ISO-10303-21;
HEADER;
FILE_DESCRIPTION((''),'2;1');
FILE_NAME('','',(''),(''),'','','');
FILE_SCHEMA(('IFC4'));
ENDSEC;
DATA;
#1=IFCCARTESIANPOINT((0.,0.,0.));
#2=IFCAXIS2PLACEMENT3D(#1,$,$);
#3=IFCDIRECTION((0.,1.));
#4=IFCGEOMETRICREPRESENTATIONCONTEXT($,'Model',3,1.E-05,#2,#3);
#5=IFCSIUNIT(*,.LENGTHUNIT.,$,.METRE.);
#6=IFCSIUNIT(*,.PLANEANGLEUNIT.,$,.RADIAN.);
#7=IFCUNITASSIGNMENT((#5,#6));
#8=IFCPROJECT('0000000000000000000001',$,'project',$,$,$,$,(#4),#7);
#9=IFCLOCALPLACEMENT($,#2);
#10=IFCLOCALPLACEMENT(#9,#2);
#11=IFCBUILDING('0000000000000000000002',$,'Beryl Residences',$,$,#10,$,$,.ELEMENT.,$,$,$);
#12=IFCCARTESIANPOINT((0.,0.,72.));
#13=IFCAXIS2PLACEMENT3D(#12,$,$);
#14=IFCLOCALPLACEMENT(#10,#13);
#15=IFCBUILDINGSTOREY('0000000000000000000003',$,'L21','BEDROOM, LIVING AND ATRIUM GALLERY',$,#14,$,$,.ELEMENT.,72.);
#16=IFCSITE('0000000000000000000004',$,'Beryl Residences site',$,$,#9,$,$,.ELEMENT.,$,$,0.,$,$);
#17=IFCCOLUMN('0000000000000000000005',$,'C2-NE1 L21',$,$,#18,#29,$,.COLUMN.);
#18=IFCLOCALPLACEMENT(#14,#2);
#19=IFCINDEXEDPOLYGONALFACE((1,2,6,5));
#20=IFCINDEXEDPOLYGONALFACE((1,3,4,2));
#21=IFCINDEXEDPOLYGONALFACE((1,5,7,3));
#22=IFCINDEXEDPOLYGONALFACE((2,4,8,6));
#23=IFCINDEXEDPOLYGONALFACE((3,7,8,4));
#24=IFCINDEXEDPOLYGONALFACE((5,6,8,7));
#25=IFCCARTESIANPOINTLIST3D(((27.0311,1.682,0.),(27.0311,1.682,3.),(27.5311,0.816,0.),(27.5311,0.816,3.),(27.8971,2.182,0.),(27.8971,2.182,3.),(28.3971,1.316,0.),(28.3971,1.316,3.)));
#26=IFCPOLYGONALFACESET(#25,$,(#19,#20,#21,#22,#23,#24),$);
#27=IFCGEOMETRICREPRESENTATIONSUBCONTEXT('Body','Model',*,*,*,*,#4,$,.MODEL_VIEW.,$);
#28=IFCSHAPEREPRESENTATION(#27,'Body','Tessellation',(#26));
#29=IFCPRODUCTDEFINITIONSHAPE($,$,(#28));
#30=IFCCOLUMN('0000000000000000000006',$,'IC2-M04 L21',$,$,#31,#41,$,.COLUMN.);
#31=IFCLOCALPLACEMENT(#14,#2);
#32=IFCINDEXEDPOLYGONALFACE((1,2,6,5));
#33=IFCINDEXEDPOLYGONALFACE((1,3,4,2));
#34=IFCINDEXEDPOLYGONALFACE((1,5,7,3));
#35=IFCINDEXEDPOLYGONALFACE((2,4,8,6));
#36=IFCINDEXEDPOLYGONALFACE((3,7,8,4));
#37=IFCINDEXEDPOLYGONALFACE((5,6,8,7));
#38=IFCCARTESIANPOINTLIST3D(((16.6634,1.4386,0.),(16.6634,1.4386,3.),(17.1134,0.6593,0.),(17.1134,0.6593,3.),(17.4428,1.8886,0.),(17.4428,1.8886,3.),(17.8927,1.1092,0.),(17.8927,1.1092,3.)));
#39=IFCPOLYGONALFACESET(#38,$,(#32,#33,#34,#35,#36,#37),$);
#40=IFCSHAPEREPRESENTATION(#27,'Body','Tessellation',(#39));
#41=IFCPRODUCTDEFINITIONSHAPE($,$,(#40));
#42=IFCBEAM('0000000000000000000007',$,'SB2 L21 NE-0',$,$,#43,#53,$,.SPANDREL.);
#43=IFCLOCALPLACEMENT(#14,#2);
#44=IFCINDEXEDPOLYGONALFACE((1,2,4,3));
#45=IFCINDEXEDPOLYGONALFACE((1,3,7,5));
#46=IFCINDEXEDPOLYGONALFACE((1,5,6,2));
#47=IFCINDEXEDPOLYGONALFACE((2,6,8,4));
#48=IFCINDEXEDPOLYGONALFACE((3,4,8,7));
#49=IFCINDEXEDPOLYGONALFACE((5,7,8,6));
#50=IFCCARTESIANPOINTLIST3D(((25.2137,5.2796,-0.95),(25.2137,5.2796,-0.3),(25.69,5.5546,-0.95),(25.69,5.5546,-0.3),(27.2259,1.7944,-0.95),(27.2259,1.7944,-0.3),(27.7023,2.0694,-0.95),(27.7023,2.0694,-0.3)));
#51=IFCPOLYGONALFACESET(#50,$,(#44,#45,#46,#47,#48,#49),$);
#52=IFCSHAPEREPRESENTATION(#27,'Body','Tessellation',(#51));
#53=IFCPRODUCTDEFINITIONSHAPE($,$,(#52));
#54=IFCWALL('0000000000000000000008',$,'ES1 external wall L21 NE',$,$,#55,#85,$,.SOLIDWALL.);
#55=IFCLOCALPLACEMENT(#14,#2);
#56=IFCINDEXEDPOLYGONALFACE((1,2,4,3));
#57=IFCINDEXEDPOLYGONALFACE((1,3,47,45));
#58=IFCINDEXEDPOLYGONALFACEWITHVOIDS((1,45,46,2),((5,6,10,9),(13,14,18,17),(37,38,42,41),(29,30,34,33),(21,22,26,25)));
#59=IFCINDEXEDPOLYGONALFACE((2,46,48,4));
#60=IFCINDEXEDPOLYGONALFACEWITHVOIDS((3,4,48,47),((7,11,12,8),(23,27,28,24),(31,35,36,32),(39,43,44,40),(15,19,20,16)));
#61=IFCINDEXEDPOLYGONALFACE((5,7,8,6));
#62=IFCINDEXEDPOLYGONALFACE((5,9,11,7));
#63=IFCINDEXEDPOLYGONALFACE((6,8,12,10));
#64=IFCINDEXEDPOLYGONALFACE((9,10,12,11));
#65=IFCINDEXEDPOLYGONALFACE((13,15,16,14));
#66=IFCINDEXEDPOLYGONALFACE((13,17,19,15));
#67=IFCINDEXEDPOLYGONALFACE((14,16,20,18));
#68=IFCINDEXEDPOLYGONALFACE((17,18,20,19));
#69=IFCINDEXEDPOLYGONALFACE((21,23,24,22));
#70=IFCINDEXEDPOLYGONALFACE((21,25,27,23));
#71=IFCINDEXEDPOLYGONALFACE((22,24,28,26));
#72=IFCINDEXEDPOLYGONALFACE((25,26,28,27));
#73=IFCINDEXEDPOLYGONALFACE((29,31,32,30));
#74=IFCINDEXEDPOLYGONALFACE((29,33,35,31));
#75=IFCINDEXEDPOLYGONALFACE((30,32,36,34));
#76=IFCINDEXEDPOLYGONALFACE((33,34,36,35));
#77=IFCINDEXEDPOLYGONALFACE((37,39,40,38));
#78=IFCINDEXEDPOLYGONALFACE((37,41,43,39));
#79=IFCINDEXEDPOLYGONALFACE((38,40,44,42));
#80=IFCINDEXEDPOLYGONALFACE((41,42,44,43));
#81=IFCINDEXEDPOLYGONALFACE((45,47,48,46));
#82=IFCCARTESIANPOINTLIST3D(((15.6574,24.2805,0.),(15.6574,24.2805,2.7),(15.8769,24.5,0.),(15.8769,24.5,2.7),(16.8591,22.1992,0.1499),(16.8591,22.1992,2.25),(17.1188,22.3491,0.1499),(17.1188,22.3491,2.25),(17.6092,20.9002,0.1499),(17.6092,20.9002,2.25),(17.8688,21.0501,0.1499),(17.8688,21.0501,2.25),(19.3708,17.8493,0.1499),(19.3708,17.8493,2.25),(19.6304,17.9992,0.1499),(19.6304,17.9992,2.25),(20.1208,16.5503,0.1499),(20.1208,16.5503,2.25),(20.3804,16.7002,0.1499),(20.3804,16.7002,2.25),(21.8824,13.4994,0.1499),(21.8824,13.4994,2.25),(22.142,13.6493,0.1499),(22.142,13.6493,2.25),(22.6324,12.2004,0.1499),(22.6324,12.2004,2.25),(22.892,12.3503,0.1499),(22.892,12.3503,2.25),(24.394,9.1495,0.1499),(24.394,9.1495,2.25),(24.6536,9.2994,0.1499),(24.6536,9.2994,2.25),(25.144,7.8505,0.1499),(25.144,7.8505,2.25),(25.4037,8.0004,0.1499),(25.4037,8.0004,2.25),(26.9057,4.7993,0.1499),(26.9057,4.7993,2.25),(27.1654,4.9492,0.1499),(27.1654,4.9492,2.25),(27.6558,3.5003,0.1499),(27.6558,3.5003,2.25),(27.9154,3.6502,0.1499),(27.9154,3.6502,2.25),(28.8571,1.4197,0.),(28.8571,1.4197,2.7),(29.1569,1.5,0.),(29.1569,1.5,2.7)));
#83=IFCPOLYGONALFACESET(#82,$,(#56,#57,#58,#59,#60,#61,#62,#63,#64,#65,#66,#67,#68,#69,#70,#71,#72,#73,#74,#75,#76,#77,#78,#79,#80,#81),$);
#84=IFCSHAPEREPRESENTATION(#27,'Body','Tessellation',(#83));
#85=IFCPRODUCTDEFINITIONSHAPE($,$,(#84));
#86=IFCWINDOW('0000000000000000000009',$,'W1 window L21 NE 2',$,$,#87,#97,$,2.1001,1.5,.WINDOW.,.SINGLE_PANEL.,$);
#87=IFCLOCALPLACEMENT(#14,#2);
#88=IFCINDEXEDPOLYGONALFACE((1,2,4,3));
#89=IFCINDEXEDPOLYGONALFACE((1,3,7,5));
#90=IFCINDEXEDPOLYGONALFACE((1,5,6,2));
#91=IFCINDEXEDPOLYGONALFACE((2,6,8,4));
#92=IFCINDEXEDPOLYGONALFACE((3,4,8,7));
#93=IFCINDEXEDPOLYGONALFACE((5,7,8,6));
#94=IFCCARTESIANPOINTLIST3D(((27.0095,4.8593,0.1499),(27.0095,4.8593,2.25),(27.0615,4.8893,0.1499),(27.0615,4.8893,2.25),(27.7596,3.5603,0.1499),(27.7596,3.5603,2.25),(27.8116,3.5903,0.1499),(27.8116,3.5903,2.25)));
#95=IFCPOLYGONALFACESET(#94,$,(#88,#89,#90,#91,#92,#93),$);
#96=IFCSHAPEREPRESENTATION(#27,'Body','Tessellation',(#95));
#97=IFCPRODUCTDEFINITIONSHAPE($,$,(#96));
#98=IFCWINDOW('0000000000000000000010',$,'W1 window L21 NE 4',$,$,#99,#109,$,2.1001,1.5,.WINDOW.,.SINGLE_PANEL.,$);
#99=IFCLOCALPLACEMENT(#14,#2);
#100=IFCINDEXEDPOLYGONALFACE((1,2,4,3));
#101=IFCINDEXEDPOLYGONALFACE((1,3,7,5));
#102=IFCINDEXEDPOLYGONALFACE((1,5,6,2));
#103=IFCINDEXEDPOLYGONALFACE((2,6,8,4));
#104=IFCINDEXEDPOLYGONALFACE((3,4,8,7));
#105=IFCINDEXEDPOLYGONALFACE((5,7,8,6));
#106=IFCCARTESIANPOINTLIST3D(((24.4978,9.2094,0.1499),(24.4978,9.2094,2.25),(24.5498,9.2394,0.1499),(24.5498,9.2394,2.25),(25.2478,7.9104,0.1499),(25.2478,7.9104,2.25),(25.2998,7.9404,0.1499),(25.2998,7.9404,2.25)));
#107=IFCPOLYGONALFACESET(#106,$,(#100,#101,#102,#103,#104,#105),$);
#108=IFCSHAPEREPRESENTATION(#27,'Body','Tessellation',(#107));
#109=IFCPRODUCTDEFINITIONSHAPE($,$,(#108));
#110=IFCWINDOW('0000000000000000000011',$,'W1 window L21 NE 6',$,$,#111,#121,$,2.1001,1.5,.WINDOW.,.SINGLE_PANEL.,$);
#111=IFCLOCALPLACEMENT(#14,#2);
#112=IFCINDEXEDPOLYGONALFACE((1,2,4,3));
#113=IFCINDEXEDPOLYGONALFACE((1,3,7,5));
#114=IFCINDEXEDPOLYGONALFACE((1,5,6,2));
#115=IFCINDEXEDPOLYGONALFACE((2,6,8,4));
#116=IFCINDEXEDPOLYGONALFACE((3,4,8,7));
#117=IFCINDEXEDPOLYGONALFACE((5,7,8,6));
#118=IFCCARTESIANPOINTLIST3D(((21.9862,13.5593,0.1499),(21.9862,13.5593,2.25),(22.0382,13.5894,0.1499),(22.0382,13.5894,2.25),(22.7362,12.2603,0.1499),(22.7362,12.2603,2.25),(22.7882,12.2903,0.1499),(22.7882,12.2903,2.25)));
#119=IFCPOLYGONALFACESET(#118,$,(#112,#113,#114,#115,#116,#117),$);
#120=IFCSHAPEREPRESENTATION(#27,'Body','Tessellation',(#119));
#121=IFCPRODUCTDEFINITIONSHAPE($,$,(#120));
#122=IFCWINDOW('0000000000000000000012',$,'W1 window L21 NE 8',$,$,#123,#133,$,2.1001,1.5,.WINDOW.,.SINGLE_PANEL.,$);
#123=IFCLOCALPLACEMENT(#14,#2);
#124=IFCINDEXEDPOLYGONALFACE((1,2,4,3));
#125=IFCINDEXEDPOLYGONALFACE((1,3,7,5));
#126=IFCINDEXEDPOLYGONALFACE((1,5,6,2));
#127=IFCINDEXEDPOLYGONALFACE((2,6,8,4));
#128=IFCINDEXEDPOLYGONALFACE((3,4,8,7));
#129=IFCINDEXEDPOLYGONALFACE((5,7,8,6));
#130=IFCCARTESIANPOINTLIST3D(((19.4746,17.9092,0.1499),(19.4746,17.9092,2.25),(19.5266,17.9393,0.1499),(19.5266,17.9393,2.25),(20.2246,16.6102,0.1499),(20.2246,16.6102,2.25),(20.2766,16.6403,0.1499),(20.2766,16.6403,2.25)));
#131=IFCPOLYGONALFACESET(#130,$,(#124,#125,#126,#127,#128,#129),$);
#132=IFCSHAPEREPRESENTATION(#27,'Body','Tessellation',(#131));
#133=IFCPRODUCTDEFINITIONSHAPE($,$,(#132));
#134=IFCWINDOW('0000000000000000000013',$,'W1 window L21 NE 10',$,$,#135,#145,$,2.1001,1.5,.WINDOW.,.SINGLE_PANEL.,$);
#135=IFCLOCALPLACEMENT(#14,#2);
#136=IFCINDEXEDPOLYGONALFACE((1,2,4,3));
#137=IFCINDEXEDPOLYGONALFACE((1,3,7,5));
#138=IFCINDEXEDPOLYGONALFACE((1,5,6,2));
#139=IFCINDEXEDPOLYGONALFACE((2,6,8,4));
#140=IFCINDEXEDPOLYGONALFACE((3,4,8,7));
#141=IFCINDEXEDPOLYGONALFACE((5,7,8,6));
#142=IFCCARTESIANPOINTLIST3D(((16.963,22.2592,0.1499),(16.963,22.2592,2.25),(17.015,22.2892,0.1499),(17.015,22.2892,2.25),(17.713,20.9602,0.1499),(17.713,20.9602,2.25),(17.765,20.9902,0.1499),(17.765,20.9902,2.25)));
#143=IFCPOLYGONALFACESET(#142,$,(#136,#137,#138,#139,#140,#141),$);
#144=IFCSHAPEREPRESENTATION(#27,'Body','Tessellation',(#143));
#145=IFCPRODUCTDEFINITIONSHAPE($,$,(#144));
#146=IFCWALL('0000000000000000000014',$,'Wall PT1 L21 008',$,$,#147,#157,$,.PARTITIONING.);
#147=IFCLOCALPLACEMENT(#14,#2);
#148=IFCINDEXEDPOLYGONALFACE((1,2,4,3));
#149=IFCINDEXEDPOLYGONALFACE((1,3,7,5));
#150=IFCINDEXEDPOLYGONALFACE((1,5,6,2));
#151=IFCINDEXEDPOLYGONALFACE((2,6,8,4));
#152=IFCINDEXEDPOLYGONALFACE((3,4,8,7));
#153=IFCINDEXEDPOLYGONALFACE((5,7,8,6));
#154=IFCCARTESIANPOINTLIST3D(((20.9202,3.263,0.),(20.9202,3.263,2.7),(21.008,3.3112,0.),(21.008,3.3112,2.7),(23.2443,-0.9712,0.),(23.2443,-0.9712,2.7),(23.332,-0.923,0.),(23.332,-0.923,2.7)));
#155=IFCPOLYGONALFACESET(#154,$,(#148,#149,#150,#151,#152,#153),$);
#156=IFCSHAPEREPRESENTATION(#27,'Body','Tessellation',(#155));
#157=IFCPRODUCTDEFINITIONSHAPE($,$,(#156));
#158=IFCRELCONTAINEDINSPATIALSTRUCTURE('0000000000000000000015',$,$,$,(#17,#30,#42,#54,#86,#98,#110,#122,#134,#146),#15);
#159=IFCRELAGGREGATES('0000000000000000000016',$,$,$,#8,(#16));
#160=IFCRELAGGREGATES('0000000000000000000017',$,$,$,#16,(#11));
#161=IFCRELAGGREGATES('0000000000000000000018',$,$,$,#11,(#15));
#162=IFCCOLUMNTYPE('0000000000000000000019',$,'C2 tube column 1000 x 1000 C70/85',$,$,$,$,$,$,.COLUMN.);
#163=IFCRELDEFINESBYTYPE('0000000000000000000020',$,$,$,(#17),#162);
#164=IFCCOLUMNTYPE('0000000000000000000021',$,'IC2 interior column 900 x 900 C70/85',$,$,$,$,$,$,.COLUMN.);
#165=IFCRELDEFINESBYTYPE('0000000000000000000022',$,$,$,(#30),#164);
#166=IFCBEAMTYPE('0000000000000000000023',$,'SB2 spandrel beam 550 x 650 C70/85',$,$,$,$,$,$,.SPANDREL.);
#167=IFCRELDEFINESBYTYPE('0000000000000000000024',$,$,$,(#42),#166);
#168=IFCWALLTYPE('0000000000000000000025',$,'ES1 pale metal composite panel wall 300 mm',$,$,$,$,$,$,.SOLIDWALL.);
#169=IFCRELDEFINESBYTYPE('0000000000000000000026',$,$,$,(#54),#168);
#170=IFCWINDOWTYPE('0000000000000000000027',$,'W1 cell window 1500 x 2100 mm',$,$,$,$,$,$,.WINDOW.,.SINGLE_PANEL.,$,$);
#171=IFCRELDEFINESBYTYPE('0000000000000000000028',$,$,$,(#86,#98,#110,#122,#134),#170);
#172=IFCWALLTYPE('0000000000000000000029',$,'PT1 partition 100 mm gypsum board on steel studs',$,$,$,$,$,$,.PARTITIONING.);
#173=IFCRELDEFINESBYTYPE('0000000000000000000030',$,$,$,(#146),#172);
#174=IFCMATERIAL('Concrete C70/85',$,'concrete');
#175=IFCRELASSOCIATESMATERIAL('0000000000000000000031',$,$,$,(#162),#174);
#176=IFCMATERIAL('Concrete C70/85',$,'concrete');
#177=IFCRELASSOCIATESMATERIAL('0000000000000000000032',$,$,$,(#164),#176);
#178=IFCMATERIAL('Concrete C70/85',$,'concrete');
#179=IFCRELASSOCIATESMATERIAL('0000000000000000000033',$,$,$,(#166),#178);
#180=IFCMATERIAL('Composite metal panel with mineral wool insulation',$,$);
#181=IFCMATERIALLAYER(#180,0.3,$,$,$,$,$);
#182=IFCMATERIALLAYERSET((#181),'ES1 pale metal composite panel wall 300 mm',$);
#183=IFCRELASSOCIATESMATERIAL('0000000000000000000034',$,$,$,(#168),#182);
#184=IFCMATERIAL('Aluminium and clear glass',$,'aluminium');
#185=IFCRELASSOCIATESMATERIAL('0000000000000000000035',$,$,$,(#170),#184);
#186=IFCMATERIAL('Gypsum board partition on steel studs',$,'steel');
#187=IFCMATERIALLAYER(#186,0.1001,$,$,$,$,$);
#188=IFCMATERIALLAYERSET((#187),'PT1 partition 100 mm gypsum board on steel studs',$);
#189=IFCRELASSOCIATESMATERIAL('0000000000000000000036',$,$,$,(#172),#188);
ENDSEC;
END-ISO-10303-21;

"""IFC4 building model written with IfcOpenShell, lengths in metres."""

from ifc_helpers import new_model, si_unit, direction, frame, frame_2d, origin, origin_2d, place, context, subcontext, project, spatial, polyline, rectangle, outline, extrude, material, layer, layer_set, material_profile, profile_set, type_object, element, fill, save


model = new_model("IFC4")

# Units and contexts
model_context = context("Model", 3, precision=1e-05, world=origin(), true_north=direction((0.0, 1.0)))
body_context = subcontext(model_context, "Body", "Model", "MODEL_VIEW")
ifc_project = project(units=[si_unit("LENGTHUNIT", "METRE"), si_unit("PLANEANGLEUNIT", "RADIAN")], contexts=[model_context])

# Site, building, storey
site_placement = place(None, origin())
site = spatial("IfcSite", under=ifc_project, at=site_placement, Name="Beryl Residences site", CompositionType="ELEMENT", RefElevation=0.0)
building_placement = place(site_placement, origin())
building = spatial("IfcBuilding", under=site, at=building_placement, Name="Beryl Residences", CompositionType="ELEMENT")
storey_placement = place(building_placement, frame((0.0, 0.0, 72.0)))
storey = spatial("IfcBuildingStorey", under=building, at=storey_placement, Name="L21", Description="BEDROOM, LIVING AND ATRIUM GALLERY", CompositionType="ELEMENT", Elevation=72.0)

# Columns
ifc_material_1 = material(Name="Concrete C70/85", Category="concrete")
ifc_material_profile_1 = material_profile(ifc_material_1, rectangle(XDim=1.0, YDim=1.0, at=origin_2d()))
ifc_profile_set_1 = profile_set([ifc_material_profile_1], Name="Concrete C70/85")
column_type_1 = type_object("IfcColumnType", Name="C2 tube column 1000 x 1000 C70/85", PredefinedType="COLUMN", material=ifc_profile_set_1)
column_1_placement = place(storey_placement, frame((27.7141, 1.499, 0.0), z_axis=(0.0, 0.0, 1.0), x_axis=(-0.5, 0.866025, 0.0)))
element("IfcColumn", 1, at=column_1_placement, inside=storey, type_object=column_type_1, Name="C2-NE1 L21", PredefinedType="COLUMN", context=body_context, shape_type="SweptSolid", body=[
    extrude(rectangle(XDim=1.0, YDim=1.0, at=origin_2d()), origin(), (0.0, 0.0, 1.0), 3.0),
])
ifc_material_2 = material(Name="Concrete C70/85", Category="concrete")
ifc_material_profile_2 = material_profile(ifc_material_2, rectangle(XDim=0.8999, YDim=0.8999, at=origin_2d()))
ifc_profile_set_2 = profile_set([ifc_material_profile_2], Name="Concrete C70/85")
column_type_2 = type_object("IfcColumnType", Name="IC2 interior column 900 x 900 C70/85", PredefinedType="COLUMN", material=ifc_profile_set_2)
column_2_placement = place(storey_placement, frame((17.2781, 1.2739, 0.0), z_axis=(0.0, 0.0, 1.0), x_axis=(-0.5, 0.866025, 0.0)))
element("IfcColumn", 2, at=column_2_placement, inside=storey, type_object=column_type_2, Name="IC2-M04 L21", PredefinedType="COLUMN", context=body_context, shape_type="SweptSolid", body=[
    extrude(rectangle(XDim=0.8999, YDim=0.8999, at=origin_2d()), origin(), (0.0, 0.0, 1.0), 3.0),
])

# Beam
ifc_material_3 = material(Name="Concrete C70/85", Category="concrete")
ifc_material_profile_3 = material_profile(ifc_material_3, rectangle(XDim=0.55, YDim=0.6499, at=origin_2d()))
ifc_profile_set_3 = profile_set([ifc_material_profile_3], Name="Concrete C70/85")
beam_type = type_object("IfcBeamType", Name="SB2 spandrel beam 550 x 650 C70/85", PredefinedType="SPANDREL", material=ifc_profile_set_3)
beam_placement = place(storey_placement, frame((27.4641, 1.9319, -0.625), z_axis=(-0.500015, 0.866017, 0.0), x_axis=(-0.866017, -0.500015, 0.0)))
element("IfcBeam", 3, at=beam_placement, inside=storey, type_object=beam_type, Name="SB2 L21 NE-0", PredefinedType="SPANDREL", context=body_context, shape_type="SweptSolid", body=[
    extrude(rectangle(XDim=0.55, YDim=0.6499, at=origin_2d()), origin(), (0.0, 0.0, 1.0), 4.0244),
])

# Wall, openings, windows
ifc_material_4 = material(Name="Composite metal panel with mineral wool insulation")
ifc_layer_1 = layer(ifc_material_4, 0.3)
ifc_layer_set_1 = layer_set([ifc_layer_1], Name="ES1 pale metal composite panel wall 300 mm")
wall_type_1 = type_object("IfcWallType", Name="ES1 pale metal composite panel wall 300 mm", PredefinedType="SOLIDWALL", material=ifc_layer_set_1)
wall_1_placement = place(storey_placement, frame((29.0271, 1.425, 0.0), z_axis=(0.0, 0.0, 1.0), x_axis=(-0.500027, 0.86601, 0.0)))
wall_1 = element("IfcWall", 4, at=wall_1_placement, inside=storey, type_object=wall_type_1, Name="ES1 external wall L21 NE", PredefinedType="SOLIDWALL", context=body_context, shape_type="SweptSolid", body=[
    extrude(outline(polyline([(0.0, -0.1499), (26.5586, -0.1499), (26.4783, 0.1499), (0.0803, 0.1499), (0.0, -0.1499)])), origin(), (0.0, 0.0, 1.0), 2.7),
])
opening_1_placement = place(wall_1_placement, frame((2.4829, 0.0, 0.1499)))
opening_1 = element("IfcOpeningElement", 5, at=opening_1_placement, cuts=wall_1, PredefinedType="OPENING", context=body_context, shape_type="SweptSolid", body=[
    extrude(rectangle(XDim=1.5, YDim=2.1001, at=frame_2d((0.75, 1.05))), frame((0.0, 0.1599, 0.0), z_axis=(0.0, -1.0, 0.0), x_axis=(1.0, 0.0, 0.0)), (0.0, 0.0, 1.0), 0.3201),
])
opening_2_placement = place(wall_1_placement, frame((7.5061, 0.0, 0.1499)))
opening_2 = element("IfcOpeningElement", 6, at=opening_2_placement, cuts=wall_1, PredefinedType="OPENING", context=body_context, shape_type="SweptSolid", body=[
    extrude(rectangle(XDim=1.5, YDim=2.1001, at=frame_2d((0.75, 1.05))), frame((0.0, 0.1599, 0.0), z_axis=(0.0, -1.0, 0.0), x_axis=(1.0, 0.0, 0.0)), (0.0, 0.0, 1.0), 0.3201),
])
opening_3_placement = place(wall_1_placement, frame((12.5291, 0.0, 0.1499)))
opening_3 = element("IfcOpeningElement", 7, at=opening_3_placement, cuts=wall_1, PredefinedType="OPENING", context=body_context, shape_type="SweptSolid", body=[
    extrude(rectangle(XDim=1.5, YDim=2.1001, at=frame_2d((0.75, 1.05))), frame((0.0, 0.1599, 0.0), z_axis=(0.0, -1.0, 0.0), x_axis=(1.0, 0.0, 0.0)), (0.0, 0.0, 1.0), 0.3201),
])
opening_4_placement = place(wall_1_placement, frame((17.552, 0.0, 0.1499)))
opening_4 = element("IfcOpeningElement", 8, at=opening_4_placement, cuts=wall_1, PredefinedType="OPENING", context=body_context, shape_type="SweptSolid", body=[
    extrude(rectangle(XDim=1.5, YDim=2.1001, at=frame_2d((0.75, 1.05))), frame((0.0, 0.1599, 0.0), z_axis=(0.0, -1.0, 0.0), x_axis=(1.0, 0.0, 0.0)), (0.0, 0.0, 1.0), 0.3201),
])
opening_5_placement = place(wall_1_placement, frame((22.575, 0.0, 0.1499)))
opening_5 = element("IfcOpeningElement", 9, at=opening_5_placement, cuts=wall_1, PredefinedType="OPENING", context=body_context, shape_type="SweptSolid", body=[
    extrude(rectangle(XDim=1.5, YDim=2.1001, at=frame_2d((0.75, 1.05))), frame((0.0, 0.1599, 0.0), z_axis=(0.0, -1.0, 0.0), x_axis=(1.0, 0.0, 0.0)), (0.0, 0.0, 1.0), 0.3201),
])
ifc_material_5 = material(Name="Aluminium and clear glass", Category="aluminium")
window_type = type_object("IfcWindowType", Name="W1 cell window 1500 x 2100 mm", PartitioningType="SINGLE_PANEL", PredefinedType="WINDOW", material=ifc_material_5)
window_1_placement = place(opening_1_placement, origin())
window_1 = element("IfcWindow", 10, at=window_1_placement, inside=storey, type_object=window_type, Name="W1 window L21 NE 2", OverallHeight=2.1001, OverallWidth=1.5, PartitioningType="SINGLE_PANEL", PredefinedType="WINDOW", context=body_context, shape_type="SweptSolid", body=[
    extrude(rectangle(XDim=1.5, YDim=2.1001, at=frame_2d((0.75, 1.05))), frame((0.0, 0.03, 0.0), z_axis=(0.0, -1.0, 0.0), x_axis=(1.0, 0.0, 0.0)), (0.0, 0.0, 1.0), 0.0601),
])
fill(opening_1, window_1)
window_2_placement = place(opening_2_placement, origin())
window_2 = element("IfcWindow", 11, at=window_2_placement, inside=storey, type_object=window_type, Name="W1 window L21 NE 4", OverallHeight=2.1001, OverallWidth=1.5, PartitioningType="SINGLE_PANEL", PredefinedType="WINDOW", context=body_context, shape_type="SweptSolid", body=[
    extrude(rectangle(XDim=1.5, YDim=2.1001, at=frame_2d((0.75, 1.05))), frame((0.0, 0.03, 0.0), z_axis=(0.0, -1.0, 0.0), x_axis=(1.0, 0.0, 0.0)), (0.0, 0.0, 1.0), 0.0601),
])
fill(opening_2, window_2)
window_3_placement = place(opening_3_placement, origin())
window_3 = element("IfcWindow", 12, at=window_3_placement, inside=storey, type_object=window_type, Name="W1 window L21 NE 6", OverallHeight=2.1001, OverallWidth=1.5, PartitioningType="SINGLE_PANEL", PredefinedType="WINDOW", context=body_context, shape_type="SweptSolid", body=[
    extrude(rectangle(XDim=1.5, YDim=2.1001, at=frame_2d((0.75, 1.05))), frame((0.0, 0.03, 0.0), z_axis=(0.0, -1.0, 0.0), x_axis=(1.0, 0.0, 0.0)), (0.0, 0.0, 1.0), 0.0601),
])
fill(opening_3, window_3)
window_4_placement = place(opening_4_placement, origin())
window_4 = element("IfcWindow", 13, at=window_4_placement, inside=storey, type_object=window_type, Name="W1 window L21 NE 8", OverallHeight=2.1001, OverallWidth=1.5, PartitioningType="SINGLE_PANEL", PredefinedType="WINDOW", context=body_context, shape_type="SweptSolid", body=[
    extrude(rectangle(XDim=1.5, YDim=2.1001, at=frame_2d((0.75, 1.05))), frame((0.0, 0.03, 0.0), z_axis=(0.0, -1.0, 0.0), x_axis=(1.0, 0.0, 0.0)), (0.0, 0.0, 1.0), 0.0601),
])
fill(opening_4, window_4)
window_5_placement = place(opening_5_placement, origin())
window_5 = element("IfcWindow", 14, at=window_5_placement, inside=storey, type_object=window_type, Name="W1 window L21 NE 10", OverallHeight=2.1001, OverallWidth=1.5, PartitioningType="SINGLE_PANEL", PredefinedType="WINDOW", context=body_context, shape_type="SweptSolid", body=[
    extrude(rectangle(XDim=1.5, YDim=2.1001, at=frame_2d((0.75, 1.05))), frame((0.0, 0.03, 0.0), z_axis=(0.0, -1.0, 0.0), x_axis=(1.0, 0.0, 0.0)), (0.0, 0.0, 1.0), 0.0601),
])
fill(opening_5, window_5)

# Wall
ifc_material_6 = material(Name="Gypsum board partition on steel studs", Category="steel")
ifc_layer_2 = layer(ifc_material_6, 0.1001)
ifc_layer_set_2 = layer_set([ifc_layer_2], Name="PT1 partition 100 mm gypsum board on steel studs")
wall_type_2 = type_object("IfcWallType", Name="PT1 partition 100 mm gypsum board on steel studs", PredefinedType="PARTITIONING", material=ifc_layer_set_2)
wall_2_placement = place(storey_placement, frame((20.9641, 3.2871, 0.0), z_axis=(0.0, 0.0, 1.0), x_axis=(0.481156, -0.876635, 0.0)))
element("IfcWall", 15, at=wall_2_placement, inside=storey, type_object=wall_type_2, Name="Wall PT1 L21 008", PredefinedType="PARTITIONING", context=body_context, shape_type="SweptSolid", body=[
    extrude(rectangle(XDim=4.8301, YDim=0.1001, at=frame_2d((2.415, 0.0))), origin(), (0.0, 0.0, 1.0), 2.7),
])

save(model, "model.ifc")
